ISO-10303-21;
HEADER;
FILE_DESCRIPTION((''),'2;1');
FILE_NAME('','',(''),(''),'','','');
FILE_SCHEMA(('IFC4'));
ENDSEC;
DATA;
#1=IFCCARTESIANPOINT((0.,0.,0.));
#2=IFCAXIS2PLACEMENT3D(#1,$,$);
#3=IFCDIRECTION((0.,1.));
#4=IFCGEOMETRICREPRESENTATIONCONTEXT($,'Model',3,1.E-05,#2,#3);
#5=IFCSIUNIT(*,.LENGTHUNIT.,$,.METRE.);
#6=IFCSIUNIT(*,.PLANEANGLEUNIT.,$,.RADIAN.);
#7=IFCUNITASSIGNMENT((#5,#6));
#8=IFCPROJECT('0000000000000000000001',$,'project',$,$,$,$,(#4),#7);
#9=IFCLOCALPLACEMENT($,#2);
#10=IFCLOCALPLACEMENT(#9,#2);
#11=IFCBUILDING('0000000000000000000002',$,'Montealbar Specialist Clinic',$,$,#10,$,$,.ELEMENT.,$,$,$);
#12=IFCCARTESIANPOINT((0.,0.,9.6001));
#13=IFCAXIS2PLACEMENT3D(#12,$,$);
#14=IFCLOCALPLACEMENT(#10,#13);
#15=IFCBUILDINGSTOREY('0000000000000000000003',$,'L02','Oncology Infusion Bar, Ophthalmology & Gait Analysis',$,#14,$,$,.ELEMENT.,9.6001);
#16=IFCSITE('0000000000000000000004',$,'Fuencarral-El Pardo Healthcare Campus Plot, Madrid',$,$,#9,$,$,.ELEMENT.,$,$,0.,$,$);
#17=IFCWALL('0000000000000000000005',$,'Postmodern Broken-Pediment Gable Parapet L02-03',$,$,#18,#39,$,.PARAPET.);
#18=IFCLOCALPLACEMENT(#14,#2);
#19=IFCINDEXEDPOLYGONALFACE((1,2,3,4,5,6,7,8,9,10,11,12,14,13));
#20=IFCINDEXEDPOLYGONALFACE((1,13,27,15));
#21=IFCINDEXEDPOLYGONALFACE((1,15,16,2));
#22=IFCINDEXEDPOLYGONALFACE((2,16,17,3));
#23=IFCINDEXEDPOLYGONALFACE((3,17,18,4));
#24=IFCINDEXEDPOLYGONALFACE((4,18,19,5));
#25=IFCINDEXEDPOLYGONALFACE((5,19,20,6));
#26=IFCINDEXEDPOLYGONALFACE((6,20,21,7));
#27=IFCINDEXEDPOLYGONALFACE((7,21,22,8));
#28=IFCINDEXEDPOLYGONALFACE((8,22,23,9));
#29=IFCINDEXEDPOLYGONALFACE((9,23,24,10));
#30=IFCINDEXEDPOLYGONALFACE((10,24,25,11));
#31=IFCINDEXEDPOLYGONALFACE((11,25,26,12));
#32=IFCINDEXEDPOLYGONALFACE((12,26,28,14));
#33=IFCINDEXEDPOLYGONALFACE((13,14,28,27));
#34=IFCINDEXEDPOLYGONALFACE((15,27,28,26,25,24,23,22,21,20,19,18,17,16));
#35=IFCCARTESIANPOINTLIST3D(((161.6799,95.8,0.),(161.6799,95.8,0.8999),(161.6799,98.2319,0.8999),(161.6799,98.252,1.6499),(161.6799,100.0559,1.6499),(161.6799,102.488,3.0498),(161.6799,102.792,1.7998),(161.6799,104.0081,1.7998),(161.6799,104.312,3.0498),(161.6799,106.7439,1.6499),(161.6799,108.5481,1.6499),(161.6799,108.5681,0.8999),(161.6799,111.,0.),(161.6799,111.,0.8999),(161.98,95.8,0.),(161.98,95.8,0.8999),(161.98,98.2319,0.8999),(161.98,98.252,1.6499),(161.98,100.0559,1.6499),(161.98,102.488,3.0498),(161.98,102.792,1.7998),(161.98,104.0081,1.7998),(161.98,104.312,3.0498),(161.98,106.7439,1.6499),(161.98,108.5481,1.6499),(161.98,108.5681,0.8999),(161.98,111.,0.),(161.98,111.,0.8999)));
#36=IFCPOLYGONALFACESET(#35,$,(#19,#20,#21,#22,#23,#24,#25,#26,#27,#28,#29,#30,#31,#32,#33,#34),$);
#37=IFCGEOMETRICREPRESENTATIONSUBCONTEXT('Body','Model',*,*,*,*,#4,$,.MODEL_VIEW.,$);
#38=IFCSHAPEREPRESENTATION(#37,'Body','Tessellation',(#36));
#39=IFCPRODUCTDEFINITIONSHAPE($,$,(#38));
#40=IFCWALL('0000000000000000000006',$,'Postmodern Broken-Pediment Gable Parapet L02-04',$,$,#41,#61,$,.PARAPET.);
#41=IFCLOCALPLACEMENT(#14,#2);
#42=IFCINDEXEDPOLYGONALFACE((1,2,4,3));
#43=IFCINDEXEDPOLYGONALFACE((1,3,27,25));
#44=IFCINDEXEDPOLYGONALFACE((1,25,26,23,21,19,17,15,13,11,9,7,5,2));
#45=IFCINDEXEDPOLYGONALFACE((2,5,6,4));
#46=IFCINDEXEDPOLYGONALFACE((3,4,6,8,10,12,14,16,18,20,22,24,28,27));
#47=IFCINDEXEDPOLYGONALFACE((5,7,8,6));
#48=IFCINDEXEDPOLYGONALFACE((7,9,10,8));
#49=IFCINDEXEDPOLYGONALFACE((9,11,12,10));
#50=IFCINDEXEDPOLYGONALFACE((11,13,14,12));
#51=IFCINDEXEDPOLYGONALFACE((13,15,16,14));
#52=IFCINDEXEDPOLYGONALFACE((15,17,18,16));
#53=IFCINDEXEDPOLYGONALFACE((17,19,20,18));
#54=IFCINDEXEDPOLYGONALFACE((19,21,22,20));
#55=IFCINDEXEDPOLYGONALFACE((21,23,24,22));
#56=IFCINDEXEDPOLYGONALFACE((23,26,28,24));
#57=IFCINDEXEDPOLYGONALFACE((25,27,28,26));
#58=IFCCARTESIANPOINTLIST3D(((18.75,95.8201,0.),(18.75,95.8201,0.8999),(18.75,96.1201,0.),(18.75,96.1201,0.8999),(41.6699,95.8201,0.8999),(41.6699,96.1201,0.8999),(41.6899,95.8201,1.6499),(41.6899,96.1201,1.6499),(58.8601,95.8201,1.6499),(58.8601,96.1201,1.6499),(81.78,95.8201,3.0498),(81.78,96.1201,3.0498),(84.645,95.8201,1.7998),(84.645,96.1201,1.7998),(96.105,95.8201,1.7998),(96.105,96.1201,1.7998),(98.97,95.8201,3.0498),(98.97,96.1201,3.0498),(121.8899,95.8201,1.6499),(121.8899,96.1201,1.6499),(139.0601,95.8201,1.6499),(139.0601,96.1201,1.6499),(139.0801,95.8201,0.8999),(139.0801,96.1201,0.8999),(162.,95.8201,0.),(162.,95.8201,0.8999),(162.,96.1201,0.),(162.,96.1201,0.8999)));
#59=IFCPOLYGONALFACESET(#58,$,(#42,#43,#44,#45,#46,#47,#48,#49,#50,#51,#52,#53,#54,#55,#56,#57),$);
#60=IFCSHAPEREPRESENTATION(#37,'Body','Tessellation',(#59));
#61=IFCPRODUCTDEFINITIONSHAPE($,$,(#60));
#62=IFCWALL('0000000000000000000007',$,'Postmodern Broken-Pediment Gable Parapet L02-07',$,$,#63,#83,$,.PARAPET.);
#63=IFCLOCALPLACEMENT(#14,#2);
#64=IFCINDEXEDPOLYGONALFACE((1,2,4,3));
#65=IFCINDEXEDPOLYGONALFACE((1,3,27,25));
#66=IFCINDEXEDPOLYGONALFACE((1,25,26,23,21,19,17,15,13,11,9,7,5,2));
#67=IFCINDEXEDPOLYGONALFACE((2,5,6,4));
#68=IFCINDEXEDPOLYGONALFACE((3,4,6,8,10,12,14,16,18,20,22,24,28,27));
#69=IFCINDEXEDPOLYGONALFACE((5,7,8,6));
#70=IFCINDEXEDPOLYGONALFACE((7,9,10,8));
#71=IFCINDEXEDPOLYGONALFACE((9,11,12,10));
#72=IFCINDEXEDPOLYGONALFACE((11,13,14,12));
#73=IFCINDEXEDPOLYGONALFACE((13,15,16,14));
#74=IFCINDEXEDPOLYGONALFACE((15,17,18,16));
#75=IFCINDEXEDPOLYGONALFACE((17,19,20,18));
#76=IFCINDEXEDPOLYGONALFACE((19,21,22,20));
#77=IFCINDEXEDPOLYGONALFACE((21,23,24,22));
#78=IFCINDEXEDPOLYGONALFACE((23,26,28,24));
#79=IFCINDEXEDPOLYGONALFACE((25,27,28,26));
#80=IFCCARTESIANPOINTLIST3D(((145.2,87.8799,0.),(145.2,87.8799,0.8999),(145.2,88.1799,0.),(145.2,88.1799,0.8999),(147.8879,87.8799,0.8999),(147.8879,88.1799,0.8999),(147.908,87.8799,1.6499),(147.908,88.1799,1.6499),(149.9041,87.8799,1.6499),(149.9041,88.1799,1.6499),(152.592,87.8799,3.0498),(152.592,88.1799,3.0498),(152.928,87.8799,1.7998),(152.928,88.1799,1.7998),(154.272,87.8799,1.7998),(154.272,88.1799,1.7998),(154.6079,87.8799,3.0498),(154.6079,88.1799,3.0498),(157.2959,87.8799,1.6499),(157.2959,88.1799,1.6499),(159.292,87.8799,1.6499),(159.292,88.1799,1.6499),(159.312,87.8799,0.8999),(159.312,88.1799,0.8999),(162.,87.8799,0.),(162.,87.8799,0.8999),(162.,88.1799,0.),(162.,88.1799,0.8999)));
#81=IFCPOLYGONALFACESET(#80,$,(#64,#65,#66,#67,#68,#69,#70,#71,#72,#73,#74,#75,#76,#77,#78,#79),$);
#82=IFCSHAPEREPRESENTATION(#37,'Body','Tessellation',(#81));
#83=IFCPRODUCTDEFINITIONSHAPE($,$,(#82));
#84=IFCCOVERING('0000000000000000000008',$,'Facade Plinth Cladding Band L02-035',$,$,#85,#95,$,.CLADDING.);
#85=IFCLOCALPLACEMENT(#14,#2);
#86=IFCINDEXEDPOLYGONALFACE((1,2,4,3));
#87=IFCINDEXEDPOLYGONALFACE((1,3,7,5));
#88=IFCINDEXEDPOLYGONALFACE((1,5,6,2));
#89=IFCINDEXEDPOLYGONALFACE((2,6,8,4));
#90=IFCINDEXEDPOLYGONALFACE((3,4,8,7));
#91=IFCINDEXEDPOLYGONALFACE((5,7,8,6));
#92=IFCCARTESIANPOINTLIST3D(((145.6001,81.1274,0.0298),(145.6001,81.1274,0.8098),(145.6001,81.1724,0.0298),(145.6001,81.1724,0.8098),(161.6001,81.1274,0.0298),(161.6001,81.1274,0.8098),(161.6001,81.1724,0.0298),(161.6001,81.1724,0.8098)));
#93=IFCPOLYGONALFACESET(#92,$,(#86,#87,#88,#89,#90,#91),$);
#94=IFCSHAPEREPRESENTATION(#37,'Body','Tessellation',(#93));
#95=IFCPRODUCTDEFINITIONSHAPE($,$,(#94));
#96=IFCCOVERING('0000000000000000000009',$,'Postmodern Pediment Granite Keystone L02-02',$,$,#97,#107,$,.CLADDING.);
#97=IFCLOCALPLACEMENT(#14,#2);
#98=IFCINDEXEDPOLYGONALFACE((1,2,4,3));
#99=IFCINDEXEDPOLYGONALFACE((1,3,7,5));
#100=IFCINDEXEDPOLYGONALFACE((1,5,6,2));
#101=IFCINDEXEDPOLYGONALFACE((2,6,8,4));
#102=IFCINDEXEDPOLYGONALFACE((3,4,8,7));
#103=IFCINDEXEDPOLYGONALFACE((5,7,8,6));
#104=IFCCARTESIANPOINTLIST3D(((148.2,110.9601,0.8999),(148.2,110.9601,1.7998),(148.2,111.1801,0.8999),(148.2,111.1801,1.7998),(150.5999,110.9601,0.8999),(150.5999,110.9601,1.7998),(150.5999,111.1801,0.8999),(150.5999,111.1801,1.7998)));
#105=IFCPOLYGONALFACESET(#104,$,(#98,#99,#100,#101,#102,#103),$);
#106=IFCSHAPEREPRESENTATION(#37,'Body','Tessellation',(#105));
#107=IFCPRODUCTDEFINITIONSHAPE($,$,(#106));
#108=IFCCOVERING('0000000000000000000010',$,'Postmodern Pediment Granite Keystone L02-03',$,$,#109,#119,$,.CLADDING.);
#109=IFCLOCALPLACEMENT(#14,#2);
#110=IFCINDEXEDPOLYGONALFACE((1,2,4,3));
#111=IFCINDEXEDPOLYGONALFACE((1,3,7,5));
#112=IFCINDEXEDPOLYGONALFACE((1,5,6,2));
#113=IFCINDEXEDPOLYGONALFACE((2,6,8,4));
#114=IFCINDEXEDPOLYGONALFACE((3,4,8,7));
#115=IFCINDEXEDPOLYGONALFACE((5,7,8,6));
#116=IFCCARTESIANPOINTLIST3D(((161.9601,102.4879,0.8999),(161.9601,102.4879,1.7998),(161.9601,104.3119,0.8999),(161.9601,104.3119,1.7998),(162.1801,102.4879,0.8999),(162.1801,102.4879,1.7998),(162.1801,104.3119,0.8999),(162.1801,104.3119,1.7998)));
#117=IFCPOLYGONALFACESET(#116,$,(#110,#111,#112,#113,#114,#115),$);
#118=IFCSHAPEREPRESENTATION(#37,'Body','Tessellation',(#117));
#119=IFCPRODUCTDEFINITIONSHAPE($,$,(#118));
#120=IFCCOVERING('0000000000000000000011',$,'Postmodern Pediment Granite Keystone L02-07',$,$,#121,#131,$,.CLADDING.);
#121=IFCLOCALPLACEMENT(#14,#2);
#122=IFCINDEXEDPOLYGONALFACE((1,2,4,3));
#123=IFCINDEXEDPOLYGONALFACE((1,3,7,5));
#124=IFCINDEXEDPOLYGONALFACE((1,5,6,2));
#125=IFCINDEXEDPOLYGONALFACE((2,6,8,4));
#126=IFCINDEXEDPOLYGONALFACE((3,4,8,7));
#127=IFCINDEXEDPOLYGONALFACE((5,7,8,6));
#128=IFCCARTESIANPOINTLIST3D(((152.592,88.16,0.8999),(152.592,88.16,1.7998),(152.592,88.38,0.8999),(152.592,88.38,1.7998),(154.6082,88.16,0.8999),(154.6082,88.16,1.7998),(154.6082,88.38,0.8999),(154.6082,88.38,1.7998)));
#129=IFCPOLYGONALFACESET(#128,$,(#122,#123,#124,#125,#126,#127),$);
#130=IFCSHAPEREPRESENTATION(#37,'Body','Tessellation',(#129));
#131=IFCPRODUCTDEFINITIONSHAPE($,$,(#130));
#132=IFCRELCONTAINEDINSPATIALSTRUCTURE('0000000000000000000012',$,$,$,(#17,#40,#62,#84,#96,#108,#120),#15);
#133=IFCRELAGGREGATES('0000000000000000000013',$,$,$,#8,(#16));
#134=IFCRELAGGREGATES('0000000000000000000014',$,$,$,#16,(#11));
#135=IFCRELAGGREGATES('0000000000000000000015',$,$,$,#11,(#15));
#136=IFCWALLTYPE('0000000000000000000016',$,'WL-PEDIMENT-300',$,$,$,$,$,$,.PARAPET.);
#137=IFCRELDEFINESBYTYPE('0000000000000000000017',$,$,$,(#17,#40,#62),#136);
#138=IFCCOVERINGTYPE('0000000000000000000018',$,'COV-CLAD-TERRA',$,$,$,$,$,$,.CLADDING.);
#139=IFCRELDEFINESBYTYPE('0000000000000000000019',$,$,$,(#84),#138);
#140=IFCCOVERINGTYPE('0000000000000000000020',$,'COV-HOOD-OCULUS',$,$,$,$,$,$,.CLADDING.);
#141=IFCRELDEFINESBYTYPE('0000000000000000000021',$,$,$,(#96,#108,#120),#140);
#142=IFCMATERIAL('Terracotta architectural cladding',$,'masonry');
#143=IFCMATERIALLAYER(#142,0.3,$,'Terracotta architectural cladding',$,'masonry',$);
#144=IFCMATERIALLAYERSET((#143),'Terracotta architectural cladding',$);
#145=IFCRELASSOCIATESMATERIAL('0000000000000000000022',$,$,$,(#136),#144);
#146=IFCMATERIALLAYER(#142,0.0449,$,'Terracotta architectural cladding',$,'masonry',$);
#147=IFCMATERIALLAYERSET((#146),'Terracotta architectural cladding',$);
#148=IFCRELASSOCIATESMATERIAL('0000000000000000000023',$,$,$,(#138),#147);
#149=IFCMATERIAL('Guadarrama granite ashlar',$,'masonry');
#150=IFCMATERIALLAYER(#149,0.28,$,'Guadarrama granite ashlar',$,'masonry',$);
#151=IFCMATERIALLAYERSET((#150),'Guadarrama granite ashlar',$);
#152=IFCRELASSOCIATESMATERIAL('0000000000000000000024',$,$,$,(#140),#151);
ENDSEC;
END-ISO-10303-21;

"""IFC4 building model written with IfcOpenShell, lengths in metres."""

from ifc_helpers import new_model, si_unit, direction, frame, origin, origin_2d, place, context, subcontext, project, spatial, polyline, rectangle, outline, extrude, material, layer, layer_set, type_object, element, save


model = new_model("IFC4")

# Units and contexts
model_context = context("Model", 3, precision=1e-05, world=origin(), true_north=direction((0.0, 1.0)))
body_context = subcontext(model_context, "Body", "Model", "MODEL_VIEW")
ifc_project = project(units=[si_unit("LENGTHUNIT", "METRE"), si_unit("PLANEANGLEUNIT", "RADIAN")], contexts=[model_context])

# Site, building, storey
site_placement = place(None, origin())
site = spatial("IfcSite", under=ifc_project, at=site_placement, Name="Fuencarral-El Pardo Healthcare Campus Plot, Madrid", CompositionType="ELEMENT", RefElevation=0.0)
building_placement = place(site_placement, origin())
building = spatial("IfcBuilding", under=site, at=building_placement, Name="Montealbar Specialist Clinic", CompositionType="ELEMENT")
storey_placement = place(building_placement, frame((0.0, 0.0, 9.6001)))
storey = spatial("IfcBuildingStorey", under=building, at=storey_placement, Name="L02", Description="Oncology Infusion Bar, Ophthalmology & Gait Analysis", CompositionType="ELEMENT", Elevation=9.6001)

# Shared definitions
ifc_material_1 = material(Name="Terracotta architectural cladding", Category="masonry")

# Walls
ifc_material_2 = material(Name="Guadarrama granite ashlar", Category="masonry")
ifc_layer_1 = layer(ifc_material_1, 0.3, Name="Terracotta architectural cladding", Category="masonry")
ifc_layer_set_1 = layer_set([ifc_layer_1], Name="Terracotta architectural cladding")
wall_type_1 = type_object("IfcWallType", Name="WL-PEDIMENT-300", PredefinedType="PARAPET", material=ifc_layer_set_1)
wall_1_placement = place(storey_placement, frame((161.8301, 111.0, 0.0), z_axis=(0.0, 0.0, 1.0), x_axis=(0.0, -1.0, 0.0)))
element("IfcWall", 1, at=wall_1_placement, inside=storey, type_object=wall_type_1, Name="Postmodern Broken-Pediment Gable Parapet L02-03", PredefinedType="PARAPET", context=body_context, shape_type="SweptSolid", body=[
    extrude(outline(polyline([(0.0, 0.0), (15.2, 0.0), (15.2, 0.8999), (12.7681, 0.8999), (12.748, 1.6499), (10.9441, 1.6499), (8.512, 3.0498), (8.208, 1.7998), (6.9919, 1.7998), (6.688, 3.0498), (4.2561, 1.6499), (2.4519, 1.6499), (2.4319, 0.8999), (0.0, 0.8999), (0.0, 0.0)])), frame((0.0, 0.1499, 0.0), z_axis=(0.0, -1.0, 0.0), x_axis=(1.0, 0.0, 0.0)), (0.0, 0.0, 1.0), 0.3),
])
wall_2_placement = place(storey_placement, frame((162.0, 95.97, 0.0), z_axis=(0.0, 0.0, 1.0), x_axis=(-1.0, 0.0, 0.0)))
element("IfcWall", 2, at=wall_2_placement, inside=storey, type_object=wall_type_1, Name="Postmodern Broken-Pediment Gable Parapet L02-04", PredefinedType="PARAPET", context=body_context, shape_type="SweptSolid", body=[
    extrude(outline(polyline([(0.0, 0.0), (143.25, 0.0), (143.25, 0.8999), (120.3301, 0.8999), (120.3101, 1.6499), (103.1399, 1.6499), (80.22, 3.0498), (77.355, 1.7998), (65.895, 1.7998), (63.03, 3.0498), (40.1101, 1.6499), (22.9399, 1.6499), (22.9199, 0.8999), (0.0, 0.8999), (0.0, 0.0)])), frame((0.0, 0.1499, 0.0), z_axis=(0.0, -1.0, 0.0), x_axis=(1.0, 0.0, 0.0)), (0.0, 0.0, 1.0), 0.3),
])
wall_3_placement = place(storey_placement, frame((145.2, 88.03, 0.0), z_axis=(0.0, 0.0, 1.0), x_axis=(1.0, 0.0, 0.0)))
element("IfcWall", 3, at=wall_3_placement, inside=storey, type_object=wall_type_1, Name="Postmodern Broken-Pediment Gable Parapet L02-07", PredefinedType="PARAPET", context=body_context, shape_type="SweptSolid", body=[
    extrude(outline(polyline([(0.0, 0.0), (16.8, 0.0), (16.8, 0.8999), (14.1121, 0.8999), (14.092, 1.6499), (12.0959, 1.6499), (9.408, 3.0498), (9.072, 1.7998), (7.728, 1.7998), (7.3921, 3.0498), (4.7041, 1.6499), (2.708, 1.6499), (2.688, 0.8999), (0.0, 0.8999), (0.0, 0.0)])), frame((0.0, 0.1499, 0.0), z_axis=(0.0, -1.0, 0.0), x_axis=(1.0, 0.0, 0.0)), (0.0, 0.0, 1.0), 0.3),
])

# Coverings
ifc_layer_2 = layer(ifc_material_1, 0.0449, Name="Terracotta architectural cladding", Category="masonry")
ifc_layer_set_2 = layer_set([ifc_layer_2], Name="Terracotta architectural cladding")
covering_type_1 = type_object("IfcCoveringType", Name="COV-CLAD-TERRA", PredefinedType="CLADDING", material=ifc_layer_set_2)
covering_1_placement = place(storey_placement, frame((153.6001, 81.1499, 0.0298), z_axis=(0.0, 0.0, 1.0), x_axis=(1.0, 0.0, 0.0)))
element("IfcCovering", 4, at=covering_1_placement, inside=storey, type_object=covering_type_1, Name="Facade Plinth Cladding Band L02-035", PredefinedType="CLADDING", context=body_context, shape_type="SweptSolid", body=[
    extrude(rectangle(XDim=16.0, YDim=0.0449, at=origin_2d()), origin(), (0.0, 0.0, 1.0), 0.78),
])
ifc_layer_3 = layer(ifc_material_2, 0.28, Name="Guadarrama granite ashlar", Category="masonry")
ifc_layer_set_3 = layer_set([ifc_layer_3], Name="Guadarrama granite ashlar")
covering_type_2 = type_object("IfcCoveringType", Name="COV-HOOD-OCULUS", PredefinedType="CLADDING", material=ifc_layer_set_3)
covering_2_placement = place(storey_placement, frame((149.3999, 111.0701, 0.8999), z_axis=(0.0, 0.0, 1.0), x_axis=(1.0, 0.0, 0.0)))
element("IfcCovering", 5, at=covering_2_placement, inside=storey, type_object=covering_type_2, Name="Postmodern Pediment Granite Keystone L02-02", PredefinedType="CLADDING", context=body_context, shape_type="SweptSolid", body=[
    extrude(rectangle(XDim=2.3999, YDim=0.22, at=origin_2d()), origin(), (0.0, 0.0, 1.0), 0.8999),
])
covering_3_placement = place(storey_placement, frame((162.0701, 103.3999, 0.8999), z_axis=(0.0, 0.0, 1.0), x_axis=(0.0, -1.0, 0.0)))
element("IfcCovering", 6, at=covering_3_placement, inside=storey, type_object=covering_type_2, Name="Postmodern Pediment Granite Keystone L02-03", PredefinedType="CLADDING", context=body_context, shape_type="SweptSolid", body=[
    extrude(rectangle(XDim=1.824, YDim=0.22, at=origin_2d()), origin(), (0.0, 0.0, 1.0), 0.8999),
])
covering_4_placement = place(storey_placement, frame((153.6001, 88.27, 0.8999), z_axis=(0.0, 0.0, 1.0), x_axis=(1.0, 0.0, 0.0)))
element("IfcCovering", 7, at=covering_4_placement, inside=storey, type_object=covering_type_2, Name="Postmodern Pediment Granite Keystone L02-07", PredefinedType="CLADDING", context=body_context, shape_type="SweptSolid", body=[
    extrude(rectangle(XDim=2.0161, YDim=0.22, at=origin_2d()), origin(), (0.0, 0.0, 1.0), 0.8999),
])

save(model, "model.ifc")
